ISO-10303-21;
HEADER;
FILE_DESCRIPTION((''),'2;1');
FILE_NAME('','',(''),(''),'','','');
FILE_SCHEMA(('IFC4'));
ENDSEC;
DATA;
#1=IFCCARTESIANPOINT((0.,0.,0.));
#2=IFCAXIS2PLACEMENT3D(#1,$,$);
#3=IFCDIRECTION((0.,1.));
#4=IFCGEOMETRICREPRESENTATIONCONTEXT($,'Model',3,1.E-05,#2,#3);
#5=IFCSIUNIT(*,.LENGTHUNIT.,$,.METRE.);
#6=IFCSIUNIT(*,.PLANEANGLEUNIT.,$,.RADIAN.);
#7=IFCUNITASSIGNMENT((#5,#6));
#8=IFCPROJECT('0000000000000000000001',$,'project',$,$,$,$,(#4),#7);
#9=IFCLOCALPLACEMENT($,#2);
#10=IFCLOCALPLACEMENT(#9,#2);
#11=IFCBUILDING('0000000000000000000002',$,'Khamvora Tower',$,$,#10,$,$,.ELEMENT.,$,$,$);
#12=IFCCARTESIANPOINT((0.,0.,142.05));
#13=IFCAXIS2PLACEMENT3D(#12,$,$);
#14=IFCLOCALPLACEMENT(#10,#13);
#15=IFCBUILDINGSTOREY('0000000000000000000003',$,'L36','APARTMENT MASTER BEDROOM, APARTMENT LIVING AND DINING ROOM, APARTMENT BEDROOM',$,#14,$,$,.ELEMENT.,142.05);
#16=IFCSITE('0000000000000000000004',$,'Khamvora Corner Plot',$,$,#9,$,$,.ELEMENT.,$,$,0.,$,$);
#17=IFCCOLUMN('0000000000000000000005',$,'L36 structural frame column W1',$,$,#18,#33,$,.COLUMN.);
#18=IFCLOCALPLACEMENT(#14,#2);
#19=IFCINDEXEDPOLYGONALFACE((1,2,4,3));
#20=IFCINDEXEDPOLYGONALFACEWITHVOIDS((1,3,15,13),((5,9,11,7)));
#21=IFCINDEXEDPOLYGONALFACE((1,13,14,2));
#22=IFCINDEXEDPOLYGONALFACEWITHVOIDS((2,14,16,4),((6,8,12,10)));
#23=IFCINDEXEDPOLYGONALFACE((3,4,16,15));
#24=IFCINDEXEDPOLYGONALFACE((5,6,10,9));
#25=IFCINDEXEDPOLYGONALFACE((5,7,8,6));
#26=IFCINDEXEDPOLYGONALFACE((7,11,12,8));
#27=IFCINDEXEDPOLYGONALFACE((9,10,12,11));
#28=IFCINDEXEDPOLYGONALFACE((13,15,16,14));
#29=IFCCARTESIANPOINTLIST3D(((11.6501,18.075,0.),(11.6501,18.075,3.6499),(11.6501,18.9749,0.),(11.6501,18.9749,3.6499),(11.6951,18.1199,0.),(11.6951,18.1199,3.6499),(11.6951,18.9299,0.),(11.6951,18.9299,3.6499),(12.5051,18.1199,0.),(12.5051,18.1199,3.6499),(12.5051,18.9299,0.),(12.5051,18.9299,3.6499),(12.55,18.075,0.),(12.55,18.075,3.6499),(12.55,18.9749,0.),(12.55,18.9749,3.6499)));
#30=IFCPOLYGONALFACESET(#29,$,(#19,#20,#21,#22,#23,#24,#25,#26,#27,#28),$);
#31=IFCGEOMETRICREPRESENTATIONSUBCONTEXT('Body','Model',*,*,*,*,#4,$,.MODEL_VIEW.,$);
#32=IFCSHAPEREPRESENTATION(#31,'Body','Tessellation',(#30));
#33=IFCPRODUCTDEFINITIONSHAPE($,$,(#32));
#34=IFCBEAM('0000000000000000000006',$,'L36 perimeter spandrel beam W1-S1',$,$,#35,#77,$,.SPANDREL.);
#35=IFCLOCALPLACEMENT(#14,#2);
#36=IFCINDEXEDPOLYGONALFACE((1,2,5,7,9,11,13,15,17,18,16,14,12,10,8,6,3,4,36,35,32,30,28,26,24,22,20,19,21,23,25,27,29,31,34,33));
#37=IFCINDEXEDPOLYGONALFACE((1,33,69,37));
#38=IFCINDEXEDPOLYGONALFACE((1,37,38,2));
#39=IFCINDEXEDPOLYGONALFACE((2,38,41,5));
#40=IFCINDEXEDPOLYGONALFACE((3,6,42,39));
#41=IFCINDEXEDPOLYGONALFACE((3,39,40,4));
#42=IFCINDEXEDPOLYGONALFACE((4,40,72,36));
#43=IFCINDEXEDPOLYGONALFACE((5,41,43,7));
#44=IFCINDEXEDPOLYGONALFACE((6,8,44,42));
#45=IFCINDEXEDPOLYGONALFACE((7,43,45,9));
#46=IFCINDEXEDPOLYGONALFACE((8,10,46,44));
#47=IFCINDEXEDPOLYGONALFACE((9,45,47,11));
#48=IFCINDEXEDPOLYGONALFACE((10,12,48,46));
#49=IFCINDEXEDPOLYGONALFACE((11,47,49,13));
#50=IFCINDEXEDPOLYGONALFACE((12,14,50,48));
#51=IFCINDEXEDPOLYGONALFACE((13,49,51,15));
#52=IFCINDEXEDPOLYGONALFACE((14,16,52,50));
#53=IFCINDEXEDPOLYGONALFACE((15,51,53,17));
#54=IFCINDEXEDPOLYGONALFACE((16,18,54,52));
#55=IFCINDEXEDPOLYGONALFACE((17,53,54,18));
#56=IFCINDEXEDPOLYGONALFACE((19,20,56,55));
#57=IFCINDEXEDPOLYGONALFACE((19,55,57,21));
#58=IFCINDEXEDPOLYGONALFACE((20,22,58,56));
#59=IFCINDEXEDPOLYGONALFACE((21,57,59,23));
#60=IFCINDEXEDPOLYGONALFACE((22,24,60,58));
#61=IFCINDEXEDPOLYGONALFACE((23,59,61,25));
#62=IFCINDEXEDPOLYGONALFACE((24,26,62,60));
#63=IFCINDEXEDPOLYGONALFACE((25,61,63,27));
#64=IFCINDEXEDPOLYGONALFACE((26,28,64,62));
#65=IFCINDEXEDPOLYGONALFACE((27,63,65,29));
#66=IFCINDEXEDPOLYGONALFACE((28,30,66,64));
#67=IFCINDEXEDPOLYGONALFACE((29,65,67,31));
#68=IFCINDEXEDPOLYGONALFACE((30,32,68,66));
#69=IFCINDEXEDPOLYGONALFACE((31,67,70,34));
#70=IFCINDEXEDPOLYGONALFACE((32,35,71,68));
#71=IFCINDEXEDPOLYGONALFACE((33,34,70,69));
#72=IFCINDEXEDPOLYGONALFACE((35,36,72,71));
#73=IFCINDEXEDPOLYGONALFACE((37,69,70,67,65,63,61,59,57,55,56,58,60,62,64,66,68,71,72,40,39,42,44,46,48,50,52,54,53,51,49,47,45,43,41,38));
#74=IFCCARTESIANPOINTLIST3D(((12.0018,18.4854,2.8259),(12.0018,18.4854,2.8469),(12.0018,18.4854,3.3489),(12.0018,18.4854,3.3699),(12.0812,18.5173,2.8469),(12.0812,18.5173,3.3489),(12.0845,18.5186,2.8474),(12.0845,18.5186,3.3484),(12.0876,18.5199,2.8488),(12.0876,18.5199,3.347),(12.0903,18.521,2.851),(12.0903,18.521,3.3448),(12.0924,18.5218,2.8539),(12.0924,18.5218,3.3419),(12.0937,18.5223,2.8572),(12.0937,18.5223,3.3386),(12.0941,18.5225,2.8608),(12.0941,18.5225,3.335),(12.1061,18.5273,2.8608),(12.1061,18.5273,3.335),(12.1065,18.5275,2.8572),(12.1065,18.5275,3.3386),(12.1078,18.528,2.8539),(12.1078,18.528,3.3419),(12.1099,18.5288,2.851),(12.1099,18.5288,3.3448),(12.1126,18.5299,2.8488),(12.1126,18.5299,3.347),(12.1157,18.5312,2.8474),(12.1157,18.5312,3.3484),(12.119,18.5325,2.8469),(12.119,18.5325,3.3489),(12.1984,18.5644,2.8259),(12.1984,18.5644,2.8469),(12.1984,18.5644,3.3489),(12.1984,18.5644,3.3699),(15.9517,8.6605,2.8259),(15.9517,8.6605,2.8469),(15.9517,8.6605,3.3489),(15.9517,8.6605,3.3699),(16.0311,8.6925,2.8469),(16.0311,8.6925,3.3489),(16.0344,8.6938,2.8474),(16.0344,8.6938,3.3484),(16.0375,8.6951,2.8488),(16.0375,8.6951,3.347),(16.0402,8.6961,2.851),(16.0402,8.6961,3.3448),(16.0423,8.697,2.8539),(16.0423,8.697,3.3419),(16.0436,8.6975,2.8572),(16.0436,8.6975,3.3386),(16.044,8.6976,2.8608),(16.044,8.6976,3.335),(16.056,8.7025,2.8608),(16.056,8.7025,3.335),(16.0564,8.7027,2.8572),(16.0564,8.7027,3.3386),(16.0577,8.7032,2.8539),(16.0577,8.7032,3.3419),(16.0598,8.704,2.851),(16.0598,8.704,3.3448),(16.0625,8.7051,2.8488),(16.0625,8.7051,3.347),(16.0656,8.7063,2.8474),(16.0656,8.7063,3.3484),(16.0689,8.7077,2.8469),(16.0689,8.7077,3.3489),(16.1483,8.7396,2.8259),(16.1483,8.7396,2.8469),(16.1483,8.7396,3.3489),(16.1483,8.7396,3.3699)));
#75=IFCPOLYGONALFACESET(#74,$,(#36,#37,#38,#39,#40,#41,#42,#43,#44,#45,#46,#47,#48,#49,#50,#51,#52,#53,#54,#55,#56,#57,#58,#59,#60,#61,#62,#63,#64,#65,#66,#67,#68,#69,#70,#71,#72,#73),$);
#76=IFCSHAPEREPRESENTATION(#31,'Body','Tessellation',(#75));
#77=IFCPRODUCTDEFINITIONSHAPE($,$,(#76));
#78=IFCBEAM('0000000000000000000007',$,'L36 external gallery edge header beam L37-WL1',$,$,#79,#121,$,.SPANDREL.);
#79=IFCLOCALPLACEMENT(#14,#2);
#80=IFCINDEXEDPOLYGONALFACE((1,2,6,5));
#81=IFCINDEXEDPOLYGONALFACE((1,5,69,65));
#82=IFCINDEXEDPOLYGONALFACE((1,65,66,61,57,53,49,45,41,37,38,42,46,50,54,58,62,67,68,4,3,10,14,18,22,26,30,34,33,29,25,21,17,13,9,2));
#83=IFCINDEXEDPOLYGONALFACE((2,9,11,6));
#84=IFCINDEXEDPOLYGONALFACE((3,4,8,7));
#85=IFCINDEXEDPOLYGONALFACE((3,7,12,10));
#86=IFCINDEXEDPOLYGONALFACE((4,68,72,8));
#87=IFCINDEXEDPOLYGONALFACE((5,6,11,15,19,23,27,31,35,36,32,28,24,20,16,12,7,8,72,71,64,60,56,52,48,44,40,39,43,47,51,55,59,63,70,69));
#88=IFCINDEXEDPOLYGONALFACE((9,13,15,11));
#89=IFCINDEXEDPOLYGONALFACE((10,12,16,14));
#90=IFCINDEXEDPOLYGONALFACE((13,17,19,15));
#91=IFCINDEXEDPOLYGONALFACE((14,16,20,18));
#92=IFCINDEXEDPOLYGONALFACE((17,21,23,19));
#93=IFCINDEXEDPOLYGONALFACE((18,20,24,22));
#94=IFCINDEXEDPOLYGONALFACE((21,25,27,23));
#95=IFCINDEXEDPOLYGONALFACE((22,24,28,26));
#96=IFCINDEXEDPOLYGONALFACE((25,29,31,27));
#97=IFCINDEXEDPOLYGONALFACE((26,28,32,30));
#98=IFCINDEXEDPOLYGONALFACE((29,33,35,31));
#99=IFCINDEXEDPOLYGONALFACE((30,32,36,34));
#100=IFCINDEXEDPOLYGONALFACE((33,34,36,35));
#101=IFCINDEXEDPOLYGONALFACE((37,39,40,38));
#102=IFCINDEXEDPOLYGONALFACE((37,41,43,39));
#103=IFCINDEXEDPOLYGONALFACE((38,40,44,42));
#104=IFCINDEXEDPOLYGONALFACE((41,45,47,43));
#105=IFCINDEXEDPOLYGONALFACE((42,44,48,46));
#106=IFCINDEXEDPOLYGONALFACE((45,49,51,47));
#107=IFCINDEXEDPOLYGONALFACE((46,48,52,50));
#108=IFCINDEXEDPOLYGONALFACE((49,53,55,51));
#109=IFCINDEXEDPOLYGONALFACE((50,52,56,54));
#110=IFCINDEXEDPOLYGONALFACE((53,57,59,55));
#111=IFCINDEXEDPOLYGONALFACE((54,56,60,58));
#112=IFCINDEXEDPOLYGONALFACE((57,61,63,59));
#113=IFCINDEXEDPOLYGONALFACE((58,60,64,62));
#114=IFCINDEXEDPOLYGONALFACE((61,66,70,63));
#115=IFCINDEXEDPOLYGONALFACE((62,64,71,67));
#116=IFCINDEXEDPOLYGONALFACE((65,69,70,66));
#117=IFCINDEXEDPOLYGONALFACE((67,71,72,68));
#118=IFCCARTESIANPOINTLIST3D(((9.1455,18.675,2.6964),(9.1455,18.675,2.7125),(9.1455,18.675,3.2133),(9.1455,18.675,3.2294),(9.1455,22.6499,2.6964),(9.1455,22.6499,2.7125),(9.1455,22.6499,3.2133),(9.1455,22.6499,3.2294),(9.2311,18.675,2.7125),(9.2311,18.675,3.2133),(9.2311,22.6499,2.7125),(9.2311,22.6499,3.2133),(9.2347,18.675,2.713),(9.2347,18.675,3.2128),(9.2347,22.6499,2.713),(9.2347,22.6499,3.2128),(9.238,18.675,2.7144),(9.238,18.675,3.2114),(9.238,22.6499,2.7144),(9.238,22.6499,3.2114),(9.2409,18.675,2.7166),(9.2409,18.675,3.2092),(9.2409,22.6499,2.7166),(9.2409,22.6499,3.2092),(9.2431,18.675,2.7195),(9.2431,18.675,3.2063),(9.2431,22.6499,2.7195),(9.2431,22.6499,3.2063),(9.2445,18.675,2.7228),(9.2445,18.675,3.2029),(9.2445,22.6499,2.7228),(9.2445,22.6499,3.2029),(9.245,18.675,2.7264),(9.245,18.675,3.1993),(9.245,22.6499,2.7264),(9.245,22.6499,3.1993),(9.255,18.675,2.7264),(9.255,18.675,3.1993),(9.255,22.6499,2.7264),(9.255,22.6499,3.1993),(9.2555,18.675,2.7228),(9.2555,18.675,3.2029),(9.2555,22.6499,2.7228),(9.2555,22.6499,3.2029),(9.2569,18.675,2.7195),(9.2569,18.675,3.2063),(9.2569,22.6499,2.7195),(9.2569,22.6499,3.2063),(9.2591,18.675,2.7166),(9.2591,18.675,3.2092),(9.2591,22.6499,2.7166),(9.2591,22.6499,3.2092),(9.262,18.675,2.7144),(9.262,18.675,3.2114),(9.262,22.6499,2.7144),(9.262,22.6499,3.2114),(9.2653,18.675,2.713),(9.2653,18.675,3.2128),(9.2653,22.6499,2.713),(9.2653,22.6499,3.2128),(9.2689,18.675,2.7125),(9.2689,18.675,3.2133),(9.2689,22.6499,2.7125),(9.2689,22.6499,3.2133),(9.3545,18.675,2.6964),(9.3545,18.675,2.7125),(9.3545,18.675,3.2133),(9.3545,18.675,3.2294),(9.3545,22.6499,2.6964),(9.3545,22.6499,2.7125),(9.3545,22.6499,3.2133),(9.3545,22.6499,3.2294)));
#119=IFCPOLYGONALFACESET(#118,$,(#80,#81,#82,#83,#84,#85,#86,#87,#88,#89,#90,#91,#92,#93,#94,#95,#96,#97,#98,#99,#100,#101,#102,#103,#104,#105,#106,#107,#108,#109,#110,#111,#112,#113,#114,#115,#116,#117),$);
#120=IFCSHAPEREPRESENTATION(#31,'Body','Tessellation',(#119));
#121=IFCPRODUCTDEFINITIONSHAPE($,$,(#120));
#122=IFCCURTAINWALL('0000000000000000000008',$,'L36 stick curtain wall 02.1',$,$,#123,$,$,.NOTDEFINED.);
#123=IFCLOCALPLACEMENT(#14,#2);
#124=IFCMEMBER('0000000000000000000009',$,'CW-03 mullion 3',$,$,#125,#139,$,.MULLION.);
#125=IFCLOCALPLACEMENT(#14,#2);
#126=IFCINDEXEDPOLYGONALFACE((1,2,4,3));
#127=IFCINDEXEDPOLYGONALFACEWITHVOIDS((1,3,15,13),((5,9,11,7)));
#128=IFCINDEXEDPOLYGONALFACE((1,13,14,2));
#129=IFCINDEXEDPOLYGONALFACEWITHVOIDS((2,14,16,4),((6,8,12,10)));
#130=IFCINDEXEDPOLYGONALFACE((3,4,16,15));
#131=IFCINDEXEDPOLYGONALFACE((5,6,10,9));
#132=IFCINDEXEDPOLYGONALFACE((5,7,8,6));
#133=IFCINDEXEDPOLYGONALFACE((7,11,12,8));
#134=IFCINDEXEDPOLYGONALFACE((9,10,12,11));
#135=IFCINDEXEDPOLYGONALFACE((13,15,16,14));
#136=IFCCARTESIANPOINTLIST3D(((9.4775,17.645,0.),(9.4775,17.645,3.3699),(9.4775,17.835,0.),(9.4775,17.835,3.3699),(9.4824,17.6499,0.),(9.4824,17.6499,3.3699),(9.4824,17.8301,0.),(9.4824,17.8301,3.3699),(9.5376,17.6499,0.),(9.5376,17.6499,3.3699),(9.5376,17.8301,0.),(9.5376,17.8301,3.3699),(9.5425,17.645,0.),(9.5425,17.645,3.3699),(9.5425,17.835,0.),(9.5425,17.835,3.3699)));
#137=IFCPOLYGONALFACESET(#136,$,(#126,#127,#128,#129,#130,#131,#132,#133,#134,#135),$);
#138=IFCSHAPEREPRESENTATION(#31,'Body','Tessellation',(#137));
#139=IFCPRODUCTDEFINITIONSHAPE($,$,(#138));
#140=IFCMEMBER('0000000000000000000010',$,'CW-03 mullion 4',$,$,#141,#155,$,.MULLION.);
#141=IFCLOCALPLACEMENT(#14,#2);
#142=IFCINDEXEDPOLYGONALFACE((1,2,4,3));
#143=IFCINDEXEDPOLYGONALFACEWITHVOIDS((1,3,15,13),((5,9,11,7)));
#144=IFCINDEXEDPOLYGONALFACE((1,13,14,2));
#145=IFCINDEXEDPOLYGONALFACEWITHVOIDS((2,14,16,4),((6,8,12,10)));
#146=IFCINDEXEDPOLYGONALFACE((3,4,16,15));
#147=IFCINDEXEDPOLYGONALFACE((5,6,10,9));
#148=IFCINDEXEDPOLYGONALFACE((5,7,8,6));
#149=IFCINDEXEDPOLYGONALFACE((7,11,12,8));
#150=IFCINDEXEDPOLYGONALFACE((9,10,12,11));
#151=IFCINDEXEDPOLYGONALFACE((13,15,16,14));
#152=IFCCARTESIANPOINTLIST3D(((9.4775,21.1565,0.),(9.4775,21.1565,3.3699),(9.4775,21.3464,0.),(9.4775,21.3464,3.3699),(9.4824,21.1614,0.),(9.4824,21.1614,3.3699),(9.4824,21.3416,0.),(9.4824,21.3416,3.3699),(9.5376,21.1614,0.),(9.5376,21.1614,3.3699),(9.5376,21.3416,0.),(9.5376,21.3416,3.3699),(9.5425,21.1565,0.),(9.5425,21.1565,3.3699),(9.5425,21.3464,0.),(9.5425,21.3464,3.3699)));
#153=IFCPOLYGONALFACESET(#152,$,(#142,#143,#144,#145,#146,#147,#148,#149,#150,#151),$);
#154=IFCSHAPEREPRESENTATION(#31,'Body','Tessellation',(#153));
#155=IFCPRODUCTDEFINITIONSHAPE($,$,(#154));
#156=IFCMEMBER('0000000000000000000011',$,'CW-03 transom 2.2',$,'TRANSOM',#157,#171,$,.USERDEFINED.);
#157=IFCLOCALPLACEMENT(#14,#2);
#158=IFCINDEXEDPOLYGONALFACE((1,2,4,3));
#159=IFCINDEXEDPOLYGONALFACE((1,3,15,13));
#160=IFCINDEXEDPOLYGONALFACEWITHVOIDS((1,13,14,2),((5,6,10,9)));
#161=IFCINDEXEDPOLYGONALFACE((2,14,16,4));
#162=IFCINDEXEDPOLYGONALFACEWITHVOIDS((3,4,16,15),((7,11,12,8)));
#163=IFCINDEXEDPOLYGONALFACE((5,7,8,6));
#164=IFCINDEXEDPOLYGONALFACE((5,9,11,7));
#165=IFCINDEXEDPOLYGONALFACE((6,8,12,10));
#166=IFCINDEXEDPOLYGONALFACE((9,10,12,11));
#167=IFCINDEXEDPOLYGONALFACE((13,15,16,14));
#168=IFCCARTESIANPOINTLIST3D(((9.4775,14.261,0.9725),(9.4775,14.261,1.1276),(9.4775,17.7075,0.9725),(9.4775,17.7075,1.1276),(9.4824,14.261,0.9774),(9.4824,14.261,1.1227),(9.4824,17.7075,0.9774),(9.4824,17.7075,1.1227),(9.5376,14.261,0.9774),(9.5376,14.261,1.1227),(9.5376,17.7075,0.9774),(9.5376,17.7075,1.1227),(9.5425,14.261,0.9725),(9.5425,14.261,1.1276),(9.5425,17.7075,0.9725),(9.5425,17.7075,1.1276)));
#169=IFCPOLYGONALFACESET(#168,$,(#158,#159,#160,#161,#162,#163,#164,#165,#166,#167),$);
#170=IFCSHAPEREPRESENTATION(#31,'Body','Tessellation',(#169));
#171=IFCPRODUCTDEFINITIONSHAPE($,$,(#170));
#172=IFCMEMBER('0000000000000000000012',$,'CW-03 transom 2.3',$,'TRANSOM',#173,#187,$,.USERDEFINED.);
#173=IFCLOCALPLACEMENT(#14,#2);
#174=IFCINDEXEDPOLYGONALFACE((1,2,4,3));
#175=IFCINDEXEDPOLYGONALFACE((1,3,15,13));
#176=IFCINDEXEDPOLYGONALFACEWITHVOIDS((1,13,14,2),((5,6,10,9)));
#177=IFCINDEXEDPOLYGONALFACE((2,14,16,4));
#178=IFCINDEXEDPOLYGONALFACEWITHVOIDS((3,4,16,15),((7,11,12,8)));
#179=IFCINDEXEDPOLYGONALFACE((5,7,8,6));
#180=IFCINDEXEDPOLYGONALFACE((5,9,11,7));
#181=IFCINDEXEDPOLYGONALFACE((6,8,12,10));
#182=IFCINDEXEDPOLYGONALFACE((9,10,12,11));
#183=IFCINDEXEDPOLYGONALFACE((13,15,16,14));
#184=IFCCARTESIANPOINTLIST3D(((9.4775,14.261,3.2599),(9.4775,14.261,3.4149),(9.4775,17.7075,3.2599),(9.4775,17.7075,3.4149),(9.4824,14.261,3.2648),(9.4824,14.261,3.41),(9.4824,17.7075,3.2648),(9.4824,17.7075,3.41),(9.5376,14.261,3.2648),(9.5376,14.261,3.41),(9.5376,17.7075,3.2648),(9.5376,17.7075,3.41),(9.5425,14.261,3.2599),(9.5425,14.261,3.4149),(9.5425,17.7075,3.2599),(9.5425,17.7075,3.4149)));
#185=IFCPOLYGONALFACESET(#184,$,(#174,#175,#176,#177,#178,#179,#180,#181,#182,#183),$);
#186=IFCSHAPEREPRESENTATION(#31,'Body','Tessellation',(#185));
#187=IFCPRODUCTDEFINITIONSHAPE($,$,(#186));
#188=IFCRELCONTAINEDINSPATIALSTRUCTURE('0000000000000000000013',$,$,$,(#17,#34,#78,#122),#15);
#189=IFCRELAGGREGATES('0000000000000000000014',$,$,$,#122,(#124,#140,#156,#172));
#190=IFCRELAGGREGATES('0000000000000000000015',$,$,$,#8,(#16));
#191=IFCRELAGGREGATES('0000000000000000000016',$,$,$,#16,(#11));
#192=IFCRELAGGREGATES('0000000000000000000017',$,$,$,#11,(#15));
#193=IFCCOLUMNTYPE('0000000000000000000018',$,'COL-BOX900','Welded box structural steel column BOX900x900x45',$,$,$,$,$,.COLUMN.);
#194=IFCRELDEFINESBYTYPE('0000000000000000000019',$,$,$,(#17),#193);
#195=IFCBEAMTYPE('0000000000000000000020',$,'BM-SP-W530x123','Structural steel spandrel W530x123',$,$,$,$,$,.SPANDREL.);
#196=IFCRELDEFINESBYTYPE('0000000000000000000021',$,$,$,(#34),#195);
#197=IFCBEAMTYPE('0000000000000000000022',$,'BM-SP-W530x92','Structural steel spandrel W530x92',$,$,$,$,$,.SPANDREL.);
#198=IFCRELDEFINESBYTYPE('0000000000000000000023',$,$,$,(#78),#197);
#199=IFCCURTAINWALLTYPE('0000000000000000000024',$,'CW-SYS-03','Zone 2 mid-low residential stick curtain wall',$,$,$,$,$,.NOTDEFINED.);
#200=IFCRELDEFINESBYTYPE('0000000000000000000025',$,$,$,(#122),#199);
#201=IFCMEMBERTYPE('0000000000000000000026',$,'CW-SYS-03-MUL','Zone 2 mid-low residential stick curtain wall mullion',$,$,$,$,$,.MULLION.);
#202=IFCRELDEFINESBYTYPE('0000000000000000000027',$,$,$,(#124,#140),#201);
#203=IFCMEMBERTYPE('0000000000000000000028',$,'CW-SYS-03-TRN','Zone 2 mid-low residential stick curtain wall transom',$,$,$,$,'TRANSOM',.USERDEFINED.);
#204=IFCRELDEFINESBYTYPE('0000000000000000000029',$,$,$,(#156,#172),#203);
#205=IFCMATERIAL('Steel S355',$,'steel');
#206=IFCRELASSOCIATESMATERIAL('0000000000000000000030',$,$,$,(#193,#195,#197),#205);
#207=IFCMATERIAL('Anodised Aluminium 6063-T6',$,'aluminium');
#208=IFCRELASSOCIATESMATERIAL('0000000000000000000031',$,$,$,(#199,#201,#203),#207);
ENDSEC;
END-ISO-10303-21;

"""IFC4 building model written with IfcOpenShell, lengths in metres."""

from ifc_helpers import new_model, si_unit, direction, frame, origin, origin_2d, place, context, subcontext, project, spatial, hollow_rectangle, i_section, extrude, material, material_profile, profile_set, type_object, element, aggregate, save


model = new_model("IFC4")

# Units and contexts
model_context = context("Model", 3, precision=1e-05, world=origin(), true_north=direction((0.0, 1.0)))
body_context = subcontext(model_context, "Body", "Model", "MODEL_VIEW")
ifc_project = project(units=[si_unit("LENGTHUNIT", "METRE"), si_unit("PLANEANGLEUNIT", "RADIAN")], contexts=[model_context])

# Site, building, storey
site_placement = place(None, origin())
site = spatial("IfcSite", under=ifc_project, at=site_placement, Name="Khamvora Corner Plot", CompositionType="ELEMENT", RefElevation=0.0)
building_placement = place(site_placement, origin())
building = spatial("IfcBuilding", under=site, at=building_placement, Name="Khamvora Tower", CompositionType="ELEMENT")
storey_placement = place(building_placement, frame((0.0, 0.0, 142.05)))
storey = spatial("IfcBuildingStorey", under=building, at=storey_placement, Name="L36", Description="APARTMENT MASTER BEDROOM, APARTMENT LIVING AND DINING ROOM, APARTMENT BEDROOM", CompositionType="ELEMENT", Elevation=142.05)

# Column
ifc_material_1 = material(Name="Steel S355", Category="steel")
ifc_material_profile_1 = material_profile(ifc_material_1, hollow_rectangle(XDim=0.8999, YDim=0.8999, WallThickness=0.0449, at=origin_2d()), Name="BOX900x900x45")
ifc_profile_set_1 = profile_set([ifc_material_profile_1], Name="Steel S355")
column_type = type_object("IfcColumnType", Name="COL-BOX900", Description="Welded box structural steel column BOX900x900x45", PredefinedType="COLUMN", material=ifc_profile_set_1)
column_placement = place(storey_placement, frame((12.1001, 18.5249, 0.0), z_axis=(0.0, 0.0, 1.0), x_axis=(1.0, 0.0, 0.0)))
element("IfcColumn", 1, at=column_placement, inside=storey, type_object=column_type, Name="L36 structural frame column W1", PredefinedType="COLUMN", context=body_context, shape_type="SweptSolid", body=[
    extrude(hollow_rectangle(XDim=0.8999, YDim=0.8999, WallThickness=0.0449, at=origin_2d()), origin(), (0.0, 0.0, 1.0), 3.6499),
])

# Beams
ifc_material_profile_2 = material_profile(ifc_material_1, i_section(OverallWidth=0.2119, OverallDepth=0.5439, WebThickness=0.0129, FlangeThickness=0.021, FilletRadius=0.0139, at=origin_2d()), Name="W530x123")
ifc_profile_set_2 = profile_set([ifc_material_profile_2], Name="Steel S355")
beam_type_1 = type_object("IfcBeamType", Name="BM-SP-W530x123", Description="Structural steel spandrel W530x123", PredefinedType="SPANDREL", material=ifc_profile_set_2)
beam_1_placement = place(storey_placement, frame((12.1001, 18.5249, 3.0979), z_axis=(0.373016, -0.927825, 0.0), x_axis=(0.927825, 0.373016, 0.0)))
element("IfcBeam", 2, at=beam_1_placement, inside=storey, type_object=beam_type_1, Name="L36 perimeter spandrel beam W1-S1", PredefinedType="SPANDREL", context=body_context, shape_type="SweptSolid", body=[
    extrude(i_section(OverallWidth=0.2119, OverallDepth=0.5439, WebThickness=0.0129, FlangeThickness=0.021, FilletRadius=0.0139, at=origin_2d()), origin(), (0.0, 0.0, 1.0), 10.5891),
])
ifc_material_profile_3 = material_profile(ifc_material_1, i_section(OverallWidth=0.209, OverallDepth=0.533, WebThickness=0.01, FlangeThickness=0.0161, FilletRadius=0.0139, at=origin_2d()), Name="W530x92")
ifc_profile_set_3 = profile_set([ifc_material_profile_3], Name="Steel S355")
beam_type_2 = type_object("IfcBeamType", Name="BM-SP-W530x92", Description="Structural steel spandrel W530x92", PredefinedType="SPANDREL", material=ifc_profile_set_3)
beam_2_placement = place(storey_placement, frame((9.25, 18.675, 2.9629), z_axis=(0.0, 1.0, 0.0), x_axis=(-1.0, 0.0, 0.0)))
element("IfcBeam", 3, at=beam_2_placement, inside=storey, type_object=beam_type_2, Name="L36 external gallery edge header beam L37-WL1", PredefinedType="SPANDREL", context=body_context, shape_type="SweptSolid", body=[
    extrude(i_section(OverallWidth=0.209, OverallDepth=0.533, WebThickness=0.01, FlangeThickness=0.0161, FilletRadius=0.0139, at=origin_2d()), origin(), (0.0, 0.0, 1.0), 3.9749),
])

# Curtain wall, members
ifc_material_2 = material(Name="Anodised Aluminium 6063-T6", Category="aluminium")
curtain_wall_type = type_object("IfcCurtainWallType", Name="CW-SYS-03", Description="Zone 2 mid-low residential stick curtain wall", PredefinedType="NOTDEFINED", material=ifc_material_2)
curtain_wall_placement = place(storey_placement, origin())
curtain_wall = element("IfcCurtainWall", 4, at=curtain_wall_placement, inside=storey, type_object=curtain_wall_type, Name="L36 stick curtain wall 02.1", PredefinedType="NOTDEFINED")
ifc_material_profile_4 = material_profile(ifc_material_2, hollow_rectangle(XDim=0.0649, YDim=0.1899, WallThickness=0.0049, at=origin_2d()), Name="MUL65x190x5")
ifc_profile_set_4 = profile_set([ifc_material_profile_4], Name="Anodised Aluminium 6063-T6")
member_type_1 = type_object("IfcMemberType", Name="CW-SYS-03-MUL", Description="Zone 2 mid-low residential stick curtain wall mullion", PredefinedType="MULLION", material=ifc_profile_set_4)
member_1_placement = place(storey_placement, frame((9.51, 17.74, 0.0), z_axis=(0.0, 0.0, 1.0), x_axis=(-1.0, 0.0, 0.0)))
member_1 = element("IfcMember", 5, at=member_1_placement, type_object=member_type_1, Name="CW-03 mullion 3", PredefinedType="MULLION", context=body_context, shape_type="SweptSolid", body=[
    extrude(hollow_rectangle(XDim=0.0649, YDim=0.1899, WallThickness=0.0049, at=origin_2d()), origin(), (0.0, 0.0, 1.0), 3.3699),
])
member_2_placement = place(storey_placement, frame((9.51, 21.2515, 0.0), z_axis=(0.0, 0.0, 1.0), x_axis=(-1.0, 0.0, 0.0)))
member_2 = element("IfcMember", 6, at=member_2_placement, type_object=member_type_1, Name="CW-03 mullion 4", PredefinedType="MULLION", context=body_context, shape_type="SweptSolid", body=[
    extrude(hollow_rectangle(XDim=0.0649, YDim=0.1899, WallThickness=0.0049, at=origin_2d()), origin(), (0.0, 0.0, 1.0), 3.3699),
])
ifc_material_profile_5 = material_profile(ifc_material_2, hollow_rectangle(XDim=0.0649, YDim=0.155, WallThickness=0.0049, at=origin_2d()), Name="TRN65x155x5")
ifc_profile_set_5 = profile_set([ifc_material_profile_5], Name="Anodised Aluminium 6063-T6")
member_type_2 = type_object("IfcMemberType", Name="CW-SYS-03-TRN", Description="Zone 2 mid-low residential stick curtain wall transom", ElementType="TRANSOM", PredefinedType="USERDEFINED", material=ifc_profile_set_5)
member_3_placement = place(storey_placement, frame((9.51, 14.261, 1.05), z_axis=(0.0, 1.0, 0.0), x_axis=(-1.0, 0.0, 0.0)))
member_3 = element("IfcMember", 7, at=member_3_placement, type_object=member_type_2, Name="CW-03 transom 2.2", ObjectType="TRANSOM", PredefinedType="USERDEFINED", context=body_context, shape_type="SweptSolid", body=[
    extrude(hollow_rectangle(XDim=0.0649, YDim=0.155, WallThickness=0.0049, at=origin_2d()), origin(), (0.0, 0.0, 1.0), 3.4465),
])
member_4_placement = place(storey_placement, frame((9.51, 14.261, 3.3374), z_axis=(0.0, 1.0, 0.0), x_axis=(-1.0, 0.0, 0.0)))
member_4 = element("IfcMember", 8, at=member_4_placement, type_object=member_type_2, Name="CW-03 transom 2.3", ObjectType="TRANSOM", PredefinedType="USERDEFINED", context=body_context, shape_type="SweptSolid", body=[
    extrude(hollow_rectangle(XDim=0.0649, YDim=0.155, WallThickness=0.0049, at=origin_2d()), origin(), (0.0, 0.0, 1.0), 3.4465),
])
aggregate(curtain_wall, [member_1, member_2, member_3, member_4])

save(model, "model.ifc")
